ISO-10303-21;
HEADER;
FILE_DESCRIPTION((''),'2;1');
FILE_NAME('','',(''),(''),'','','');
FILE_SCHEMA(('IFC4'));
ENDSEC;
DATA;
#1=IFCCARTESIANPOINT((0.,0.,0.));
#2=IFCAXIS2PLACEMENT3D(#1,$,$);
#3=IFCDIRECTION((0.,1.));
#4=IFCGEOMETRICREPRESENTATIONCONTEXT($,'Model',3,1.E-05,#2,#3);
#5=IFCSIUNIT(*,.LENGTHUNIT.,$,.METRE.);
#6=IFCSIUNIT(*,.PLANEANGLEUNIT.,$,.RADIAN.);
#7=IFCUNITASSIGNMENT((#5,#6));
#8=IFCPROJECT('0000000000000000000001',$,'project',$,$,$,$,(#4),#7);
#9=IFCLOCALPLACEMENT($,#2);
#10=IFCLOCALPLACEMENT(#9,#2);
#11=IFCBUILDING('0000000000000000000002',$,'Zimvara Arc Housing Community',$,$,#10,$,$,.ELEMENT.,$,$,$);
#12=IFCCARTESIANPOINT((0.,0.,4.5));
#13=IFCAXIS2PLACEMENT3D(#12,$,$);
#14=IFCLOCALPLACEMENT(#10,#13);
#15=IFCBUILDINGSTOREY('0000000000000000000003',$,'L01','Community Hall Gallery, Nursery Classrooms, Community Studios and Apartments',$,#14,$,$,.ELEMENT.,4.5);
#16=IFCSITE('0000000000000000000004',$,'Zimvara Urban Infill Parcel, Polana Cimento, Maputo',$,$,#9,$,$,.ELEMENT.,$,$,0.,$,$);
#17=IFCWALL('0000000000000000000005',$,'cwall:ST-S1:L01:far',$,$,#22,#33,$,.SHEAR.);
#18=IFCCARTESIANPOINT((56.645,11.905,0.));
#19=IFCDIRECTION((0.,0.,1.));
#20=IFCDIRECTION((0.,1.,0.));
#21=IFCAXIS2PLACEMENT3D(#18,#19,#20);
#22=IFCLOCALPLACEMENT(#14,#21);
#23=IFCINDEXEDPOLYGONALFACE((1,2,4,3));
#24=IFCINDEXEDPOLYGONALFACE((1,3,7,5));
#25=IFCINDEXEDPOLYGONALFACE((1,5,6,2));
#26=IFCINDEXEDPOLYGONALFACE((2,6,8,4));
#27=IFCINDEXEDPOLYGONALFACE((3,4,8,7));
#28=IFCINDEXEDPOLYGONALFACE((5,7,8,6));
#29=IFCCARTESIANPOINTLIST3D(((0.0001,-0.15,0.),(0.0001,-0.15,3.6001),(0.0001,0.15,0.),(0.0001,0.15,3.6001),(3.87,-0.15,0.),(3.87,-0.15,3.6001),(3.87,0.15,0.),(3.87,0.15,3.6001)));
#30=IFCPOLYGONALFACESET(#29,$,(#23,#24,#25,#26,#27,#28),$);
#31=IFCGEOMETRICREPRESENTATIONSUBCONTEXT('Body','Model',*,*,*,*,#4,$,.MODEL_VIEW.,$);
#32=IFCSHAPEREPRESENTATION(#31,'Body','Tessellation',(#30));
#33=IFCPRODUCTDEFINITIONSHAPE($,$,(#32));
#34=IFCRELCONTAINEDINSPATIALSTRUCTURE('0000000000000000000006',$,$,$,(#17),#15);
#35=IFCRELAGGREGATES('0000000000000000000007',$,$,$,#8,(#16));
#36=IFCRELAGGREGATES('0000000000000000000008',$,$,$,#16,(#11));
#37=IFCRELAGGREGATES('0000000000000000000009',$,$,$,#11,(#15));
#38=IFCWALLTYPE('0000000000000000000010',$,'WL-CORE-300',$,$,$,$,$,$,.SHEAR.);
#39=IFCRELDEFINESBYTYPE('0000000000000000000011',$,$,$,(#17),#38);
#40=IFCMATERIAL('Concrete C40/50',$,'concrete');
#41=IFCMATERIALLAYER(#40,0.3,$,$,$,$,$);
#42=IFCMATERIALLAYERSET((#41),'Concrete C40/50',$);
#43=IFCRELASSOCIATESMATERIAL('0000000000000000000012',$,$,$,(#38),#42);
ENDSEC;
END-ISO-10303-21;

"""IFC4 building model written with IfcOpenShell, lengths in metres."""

from ifc_helpers import new_model, si_unit, direction, frame, frame_2d, origin, place, context, subcontext, project, spatial, rectangle, extrude, material, layer, layer_set, type_object, element, save


model = new_model("IFC4")

# Units and contexts
model_context = context("Model", 3, precision=1e-05, world=origin(), true_north=direction((0.0, 1.0)))
body_context = subcontext(model_context, "Body", "Model", "MODEL_VIEW")
ifc_project = project(units=[si_unit("LENGTHUNIT", "METRE"), si_unit("PLANEANGLEUNIT", "RADIAN")], contexts=[model_context])

# Site, building, storey
site_placement = place(None, origin())
site = spatial("IfcSite", under=ifc_project, at=site_placement, Name="Zimvara Urban Infill Parcel, Polana Cimento, Maputo", CompositionType="ELEMENT", RefElevation=0.0)
building_placement = place(site_placement, origin())
building = spatial("IfcBuilding", under=site, at=building_placement, Name="Zimvara Arc Housing Community", CompositionType="ELEMENT")
storey_placement = place(building_placement, frame((0.0, 0.0, 4.5)))
storey = spatial("IfcBuildingStorey", under=building, at=storey_placement, Name="L01", Description="Community Hall Gallery, Nursery Classrooms, Community Studios and Apartments", CompositionType="ELEMENT", Elevation=4.5)

# Wall
ifc_material_1 = material(Name="Concrete C40/50", Category="concrete")
ifc_layer_1 = layer(ifc_material_1, 0.3)
ifc_layer_set_1 = layer_set([ifc_layer_1], Name="Concrete C40/50")
wall_type_1 = type_object("IfcWallType", Name="WL-CORE-300", PredefinedType="SHEAR", material=ifc_layer_set_1)
wall_1_placement = place(storey_placement, frame((56.645, 11.905, 0.0), z_axis=(0.0, 0.0, 1.0), x_axis=(0.0, 1.0, 0.0)))
element("IfcWall", 1, at=wall_1_placement, inside=storey, type_object=wall_type_1, Name="cwall:ST-S1:L01:far", PredefinedType="SHEAR", context=body_context, shape_type="SweptSolid", body=[
    extrude(rectangle(XDim=3.8699, YDim=0.3, at=frame_2d((1.9351, 0.0))), origin(), (0.0, 0.0, 1.0), 3.6001),
])

save(model, "model.ifc")
